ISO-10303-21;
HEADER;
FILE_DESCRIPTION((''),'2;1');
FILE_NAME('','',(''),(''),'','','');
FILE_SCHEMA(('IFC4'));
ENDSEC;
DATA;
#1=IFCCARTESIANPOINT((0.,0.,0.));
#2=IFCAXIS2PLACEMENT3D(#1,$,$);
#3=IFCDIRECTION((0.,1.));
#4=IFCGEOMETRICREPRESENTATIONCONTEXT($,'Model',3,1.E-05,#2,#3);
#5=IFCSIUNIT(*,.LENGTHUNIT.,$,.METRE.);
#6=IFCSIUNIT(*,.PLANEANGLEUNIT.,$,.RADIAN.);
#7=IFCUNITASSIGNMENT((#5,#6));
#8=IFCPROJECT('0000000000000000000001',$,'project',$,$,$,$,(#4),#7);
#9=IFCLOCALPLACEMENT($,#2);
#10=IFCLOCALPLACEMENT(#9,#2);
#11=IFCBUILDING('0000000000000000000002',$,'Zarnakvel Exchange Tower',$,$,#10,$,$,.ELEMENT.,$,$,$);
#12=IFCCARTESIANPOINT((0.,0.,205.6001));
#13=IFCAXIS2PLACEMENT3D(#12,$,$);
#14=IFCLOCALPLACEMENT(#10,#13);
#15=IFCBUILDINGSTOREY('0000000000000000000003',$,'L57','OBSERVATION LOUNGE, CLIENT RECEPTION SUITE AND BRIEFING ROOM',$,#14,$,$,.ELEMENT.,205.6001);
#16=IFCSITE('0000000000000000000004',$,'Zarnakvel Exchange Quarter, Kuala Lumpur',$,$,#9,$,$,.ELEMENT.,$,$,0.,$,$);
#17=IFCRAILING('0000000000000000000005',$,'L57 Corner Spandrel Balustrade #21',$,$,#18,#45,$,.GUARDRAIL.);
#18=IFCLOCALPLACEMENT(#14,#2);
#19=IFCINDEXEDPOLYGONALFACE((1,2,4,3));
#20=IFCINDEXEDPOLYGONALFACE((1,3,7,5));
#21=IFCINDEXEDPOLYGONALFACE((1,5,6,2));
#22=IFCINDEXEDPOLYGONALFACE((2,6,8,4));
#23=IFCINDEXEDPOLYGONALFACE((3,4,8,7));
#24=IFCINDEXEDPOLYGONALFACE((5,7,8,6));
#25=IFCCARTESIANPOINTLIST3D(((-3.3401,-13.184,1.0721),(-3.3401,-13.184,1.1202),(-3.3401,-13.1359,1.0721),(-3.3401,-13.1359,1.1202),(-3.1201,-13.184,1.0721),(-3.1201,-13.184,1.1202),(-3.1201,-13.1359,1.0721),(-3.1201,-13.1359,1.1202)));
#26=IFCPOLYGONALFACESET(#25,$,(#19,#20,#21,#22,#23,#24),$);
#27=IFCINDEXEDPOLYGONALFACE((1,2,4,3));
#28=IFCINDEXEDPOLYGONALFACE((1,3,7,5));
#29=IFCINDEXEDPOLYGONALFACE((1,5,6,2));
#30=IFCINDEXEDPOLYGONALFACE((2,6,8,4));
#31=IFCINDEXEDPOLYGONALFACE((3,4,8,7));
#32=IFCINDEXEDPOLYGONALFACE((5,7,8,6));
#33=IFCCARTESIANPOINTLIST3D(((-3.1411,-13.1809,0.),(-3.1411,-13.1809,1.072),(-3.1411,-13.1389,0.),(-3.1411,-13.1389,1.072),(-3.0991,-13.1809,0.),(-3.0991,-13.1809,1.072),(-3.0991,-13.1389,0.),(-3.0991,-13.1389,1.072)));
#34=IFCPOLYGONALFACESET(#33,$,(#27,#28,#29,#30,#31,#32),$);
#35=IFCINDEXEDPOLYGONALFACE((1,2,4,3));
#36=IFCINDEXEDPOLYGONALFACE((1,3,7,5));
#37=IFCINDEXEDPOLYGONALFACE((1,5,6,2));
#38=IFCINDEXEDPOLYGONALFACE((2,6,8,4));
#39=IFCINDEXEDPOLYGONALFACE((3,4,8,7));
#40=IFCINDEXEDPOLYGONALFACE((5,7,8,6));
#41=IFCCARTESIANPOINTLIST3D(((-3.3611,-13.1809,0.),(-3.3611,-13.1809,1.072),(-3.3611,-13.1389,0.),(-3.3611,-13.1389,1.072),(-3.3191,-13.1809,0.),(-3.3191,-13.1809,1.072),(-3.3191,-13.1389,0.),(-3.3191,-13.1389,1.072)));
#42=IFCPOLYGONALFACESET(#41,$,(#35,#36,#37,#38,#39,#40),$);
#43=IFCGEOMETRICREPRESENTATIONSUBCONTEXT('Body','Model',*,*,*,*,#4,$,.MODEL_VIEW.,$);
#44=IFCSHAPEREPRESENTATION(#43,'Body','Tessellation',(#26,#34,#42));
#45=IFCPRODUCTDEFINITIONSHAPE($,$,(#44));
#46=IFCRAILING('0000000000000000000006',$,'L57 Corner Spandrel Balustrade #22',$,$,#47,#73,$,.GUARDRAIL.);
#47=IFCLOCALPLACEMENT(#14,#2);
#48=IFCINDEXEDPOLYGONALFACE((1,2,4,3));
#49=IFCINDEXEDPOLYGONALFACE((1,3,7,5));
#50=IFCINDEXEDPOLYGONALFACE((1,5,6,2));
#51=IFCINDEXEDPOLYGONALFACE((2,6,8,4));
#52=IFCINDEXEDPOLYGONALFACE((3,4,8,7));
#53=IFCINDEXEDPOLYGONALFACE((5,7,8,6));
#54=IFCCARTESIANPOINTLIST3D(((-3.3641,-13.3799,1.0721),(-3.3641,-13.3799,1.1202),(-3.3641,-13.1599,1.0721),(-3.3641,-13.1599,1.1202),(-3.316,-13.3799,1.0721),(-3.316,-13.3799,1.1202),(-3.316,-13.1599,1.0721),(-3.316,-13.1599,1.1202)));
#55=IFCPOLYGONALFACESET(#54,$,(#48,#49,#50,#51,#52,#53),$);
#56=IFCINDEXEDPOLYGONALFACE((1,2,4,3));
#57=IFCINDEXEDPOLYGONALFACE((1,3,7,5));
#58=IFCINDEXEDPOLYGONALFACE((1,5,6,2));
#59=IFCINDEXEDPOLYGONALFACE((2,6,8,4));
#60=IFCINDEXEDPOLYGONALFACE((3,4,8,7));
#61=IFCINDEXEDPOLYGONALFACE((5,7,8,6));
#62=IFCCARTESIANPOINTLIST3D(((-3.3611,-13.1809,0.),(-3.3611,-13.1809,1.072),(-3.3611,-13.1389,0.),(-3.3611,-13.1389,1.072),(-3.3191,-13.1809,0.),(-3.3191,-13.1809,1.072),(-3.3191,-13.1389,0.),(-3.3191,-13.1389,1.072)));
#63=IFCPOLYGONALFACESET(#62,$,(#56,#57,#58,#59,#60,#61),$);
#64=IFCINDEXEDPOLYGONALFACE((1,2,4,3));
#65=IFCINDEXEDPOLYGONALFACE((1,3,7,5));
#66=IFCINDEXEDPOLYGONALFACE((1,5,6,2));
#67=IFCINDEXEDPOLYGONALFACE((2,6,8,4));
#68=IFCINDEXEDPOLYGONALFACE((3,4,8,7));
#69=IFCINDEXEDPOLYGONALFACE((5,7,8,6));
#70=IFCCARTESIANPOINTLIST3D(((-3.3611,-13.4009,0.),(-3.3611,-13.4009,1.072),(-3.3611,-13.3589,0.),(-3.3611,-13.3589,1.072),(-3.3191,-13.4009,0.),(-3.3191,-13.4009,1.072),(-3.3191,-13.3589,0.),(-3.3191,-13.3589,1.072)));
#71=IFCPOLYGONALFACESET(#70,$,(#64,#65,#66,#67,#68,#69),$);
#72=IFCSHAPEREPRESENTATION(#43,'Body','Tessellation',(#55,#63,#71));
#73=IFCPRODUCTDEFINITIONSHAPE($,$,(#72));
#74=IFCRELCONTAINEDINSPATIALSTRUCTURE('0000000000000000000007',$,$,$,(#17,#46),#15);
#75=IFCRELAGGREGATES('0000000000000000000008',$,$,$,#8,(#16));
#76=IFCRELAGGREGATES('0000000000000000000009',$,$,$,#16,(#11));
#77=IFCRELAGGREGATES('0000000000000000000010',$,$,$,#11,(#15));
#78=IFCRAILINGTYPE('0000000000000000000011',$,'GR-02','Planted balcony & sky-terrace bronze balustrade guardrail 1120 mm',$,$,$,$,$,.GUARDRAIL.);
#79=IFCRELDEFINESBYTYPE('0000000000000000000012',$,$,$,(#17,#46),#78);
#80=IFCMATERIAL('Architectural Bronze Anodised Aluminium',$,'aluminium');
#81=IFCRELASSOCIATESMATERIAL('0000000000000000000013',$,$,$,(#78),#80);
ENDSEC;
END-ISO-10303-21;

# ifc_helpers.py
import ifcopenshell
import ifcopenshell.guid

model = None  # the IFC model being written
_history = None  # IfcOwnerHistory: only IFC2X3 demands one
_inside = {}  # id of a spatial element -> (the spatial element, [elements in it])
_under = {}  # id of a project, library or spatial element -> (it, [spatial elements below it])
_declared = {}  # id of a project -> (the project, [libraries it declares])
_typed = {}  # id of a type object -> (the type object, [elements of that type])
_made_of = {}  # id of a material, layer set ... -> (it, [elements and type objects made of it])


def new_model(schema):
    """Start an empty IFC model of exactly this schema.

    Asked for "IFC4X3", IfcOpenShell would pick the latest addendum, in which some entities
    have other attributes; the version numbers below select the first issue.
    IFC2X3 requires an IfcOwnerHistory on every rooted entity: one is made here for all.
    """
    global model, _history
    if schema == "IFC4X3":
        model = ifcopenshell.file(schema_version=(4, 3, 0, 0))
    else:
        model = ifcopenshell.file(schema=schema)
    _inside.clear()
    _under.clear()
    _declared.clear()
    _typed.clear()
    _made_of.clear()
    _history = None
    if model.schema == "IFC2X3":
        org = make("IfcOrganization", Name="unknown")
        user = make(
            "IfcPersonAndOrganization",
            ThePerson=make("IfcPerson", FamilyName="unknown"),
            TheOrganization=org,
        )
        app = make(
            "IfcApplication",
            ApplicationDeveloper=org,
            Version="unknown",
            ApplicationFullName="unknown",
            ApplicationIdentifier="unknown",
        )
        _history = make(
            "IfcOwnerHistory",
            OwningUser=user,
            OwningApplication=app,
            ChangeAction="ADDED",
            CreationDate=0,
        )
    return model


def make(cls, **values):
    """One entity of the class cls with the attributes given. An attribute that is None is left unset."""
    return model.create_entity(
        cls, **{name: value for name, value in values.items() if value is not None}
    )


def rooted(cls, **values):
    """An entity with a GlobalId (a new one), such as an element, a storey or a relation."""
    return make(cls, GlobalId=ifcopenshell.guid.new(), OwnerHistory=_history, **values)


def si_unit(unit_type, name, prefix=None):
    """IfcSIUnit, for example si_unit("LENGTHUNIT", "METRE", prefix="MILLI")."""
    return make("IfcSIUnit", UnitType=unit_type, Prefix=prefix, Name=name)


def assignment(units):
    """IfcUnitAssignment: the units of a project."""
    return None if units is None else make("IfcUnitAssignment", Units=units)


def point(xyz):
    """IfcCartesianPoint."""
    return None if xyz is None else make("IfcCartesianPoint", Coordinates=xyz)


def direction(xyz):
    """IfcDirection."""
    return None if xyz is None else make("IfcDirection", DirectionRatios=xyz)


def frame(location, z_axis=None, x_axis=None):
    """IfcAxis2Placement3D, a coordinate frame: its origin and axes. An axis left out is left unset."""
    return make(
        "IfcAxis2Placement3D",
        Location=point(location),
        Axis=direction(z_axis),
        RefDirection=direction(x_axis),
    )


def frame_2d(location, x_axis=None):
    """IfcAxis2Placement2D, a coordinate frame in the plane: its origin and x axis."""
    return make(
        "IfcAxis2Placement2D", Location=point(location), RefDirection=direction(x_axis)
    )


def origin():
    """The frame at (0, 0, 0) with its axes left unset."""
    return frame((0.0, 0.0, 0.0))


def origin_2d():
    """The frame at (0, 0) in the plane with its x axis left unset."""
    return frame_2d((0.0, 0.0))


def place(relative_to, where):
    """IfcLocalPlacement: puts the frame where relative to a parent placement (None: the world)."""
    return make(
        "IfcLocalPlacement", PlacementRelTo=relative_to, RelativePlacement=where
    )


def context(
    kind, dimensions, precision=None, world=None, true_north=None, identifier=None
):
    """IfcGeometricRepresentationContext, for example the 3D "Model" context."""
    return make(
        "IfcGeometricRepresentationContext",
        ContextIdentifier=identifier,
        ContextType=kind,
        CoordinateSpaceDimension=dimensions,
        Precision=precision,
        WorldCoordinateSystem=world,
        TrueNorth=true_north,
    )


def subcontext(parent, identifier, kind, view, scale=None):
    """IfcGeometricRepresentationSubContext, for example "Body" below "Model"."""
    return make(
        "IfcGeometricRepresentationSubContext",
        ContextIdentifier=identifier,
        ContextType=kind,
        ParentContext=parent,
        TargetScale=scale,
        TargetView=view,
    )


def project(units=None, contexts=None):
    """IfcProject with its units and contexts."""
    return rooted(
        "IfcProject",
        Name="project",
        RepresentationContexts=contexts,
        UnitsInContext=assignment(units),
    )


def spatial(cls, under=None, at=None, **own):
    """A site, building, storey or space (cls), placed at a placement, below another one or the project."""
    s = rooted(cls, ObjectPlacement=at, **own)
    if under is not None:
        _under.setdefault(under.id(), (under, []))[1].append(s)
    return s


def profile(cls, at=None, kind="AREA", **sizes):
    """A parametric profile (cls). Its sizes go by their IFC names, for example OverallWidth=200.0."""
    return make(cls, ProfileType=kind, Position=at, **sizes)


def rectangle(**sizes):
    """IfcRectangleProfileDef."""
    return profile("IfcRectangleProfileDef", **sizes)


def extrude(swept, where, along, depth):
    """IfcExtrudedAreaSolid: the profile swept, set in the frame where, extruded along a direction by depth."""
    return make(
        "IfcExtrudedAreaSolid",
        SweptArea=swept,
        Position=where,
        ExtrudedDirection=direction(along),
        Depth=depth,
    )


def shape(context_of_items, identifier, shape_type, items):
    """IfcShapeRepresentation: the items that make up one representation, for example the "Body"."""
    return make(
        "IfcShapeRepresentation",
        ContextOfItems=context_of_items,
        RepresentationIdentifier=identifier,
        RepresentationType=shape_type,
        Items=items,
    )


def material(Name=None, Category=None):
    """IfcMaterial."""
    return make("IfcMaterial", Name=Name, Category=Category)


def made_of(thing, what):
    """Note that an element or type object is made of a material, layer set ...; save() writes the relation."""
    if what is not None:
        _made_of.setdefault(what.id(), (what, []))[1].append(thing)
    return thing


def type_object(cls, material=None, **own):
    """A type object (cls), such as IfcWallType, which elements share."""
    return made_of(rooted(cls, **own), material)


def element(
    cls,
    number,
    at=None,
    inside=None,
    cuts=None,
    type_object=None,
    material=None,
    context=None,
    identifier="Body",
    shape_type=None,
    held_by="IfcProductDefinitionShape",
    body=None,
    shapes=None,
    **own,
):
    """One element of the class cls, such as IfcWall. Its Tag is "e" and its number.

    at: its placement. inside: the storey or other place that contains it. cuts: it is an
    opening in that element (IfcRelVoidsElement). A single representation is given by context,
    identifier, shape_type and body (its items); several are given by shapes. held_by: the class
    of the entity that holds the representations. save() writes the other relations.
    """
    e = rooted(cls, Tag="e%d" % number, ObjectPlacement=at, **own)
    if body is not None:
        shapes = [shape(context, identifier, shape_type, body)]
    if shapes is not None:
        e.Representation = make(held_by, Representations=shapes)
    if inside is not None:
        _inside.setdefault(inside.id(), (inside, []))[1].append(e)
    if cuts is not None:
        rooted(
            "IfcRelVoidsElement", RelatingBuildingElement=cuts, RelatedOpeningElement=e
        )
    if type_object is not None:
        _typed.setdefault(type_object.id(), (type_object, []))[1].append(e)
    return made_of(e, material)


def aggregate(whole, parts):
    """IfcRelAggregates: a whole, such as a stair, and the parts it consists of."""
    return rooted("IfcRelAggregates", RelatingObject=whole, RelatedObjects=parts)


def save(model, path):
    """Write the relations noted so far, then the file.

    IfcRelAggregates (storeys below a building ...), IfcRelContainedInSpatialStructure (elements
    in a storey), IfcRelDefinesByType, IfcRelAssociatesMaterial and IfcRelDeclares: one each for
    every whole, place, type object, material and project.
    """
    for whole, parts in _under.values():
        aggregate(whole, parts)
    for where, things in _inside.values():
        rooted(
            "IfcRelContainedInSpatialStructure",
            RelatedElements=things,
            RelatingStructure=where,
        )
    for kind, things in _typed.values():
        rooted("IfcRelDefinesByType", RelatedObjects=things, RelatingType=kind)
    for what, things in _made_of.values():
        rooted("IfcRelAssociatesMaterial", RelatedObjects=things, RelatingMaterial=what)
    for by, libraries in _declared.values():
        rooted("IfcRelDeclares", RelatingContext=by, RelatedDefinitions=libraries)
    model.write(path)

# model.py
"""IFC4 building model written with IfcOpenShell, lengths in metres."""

from ifc_helpers import new_model, si_unit, direction, frame, origin, origin_2d, place, context, subcontext, project, spatial, rectangle, extrude, material, type_object, element, save


model = new_model("IFC4")

# Units and contexts
model_context = context("Model", 3, precision=1e-05, world=origin(), true_north=direction((0.0, 1.0)))
body_context = subcontext(model_context, "Body", "Model", "MODEL_VIEW")
ifc_project = project(units=[si_unit("LENGTHUNIT", "METRE"), si_unit("PLANEANGLEUNIT", "RADIAN")], contexts=[model_context])

# Site, building, storey
site_placement = place(None, origin())
site = spatial("IfcSite", under=ifc_project, at=site_placement, Name="Zarnakvel Exchange Quarter, Kuala Lumpur", CompositionType="ELEMENT", RefElevation=0.0)
building_placement = place(site_placement, origin())
building = spatial("IfcBuilding", under=site, at=building_placement, Name="Zarnakvel Exchange Tower", CompositionType="ELEMENT")
storey_placement = place(building_placement, frame((0.0, 0.0, 205.6001)))
storey = spatial("IfcBuildingStorey", under=building, at=storey_placement, Name="L57", Description="OBSERVATION LOUNGE, CLIENT RECEPTION SUITE AND BRIEFING ROOM", CompositionType="ELEMENT", Elevation=205.6001)

# Shared definitions
ifc_material_1 = material(Name="Architectural Bronze Anodised Aluminium", Category="aluminium")

# Railings
railing_type = type_object("IfcRailingType", Name="GR-02", Description="Planted balcony & sky-terrace bronze balustrade guardrail 1120 mm", PredefinedType="GUARDRAIL", material=ifc_material_1)
railing_1_placement = place(storey_placement, frame((-3.1201, -13.1599, 0.0)))
element("IfcRailing", 1, at=railing_1_placement, inside=storey, type_object=railing_type, Name="L57 Corner Spandrel Balustrade #21", PredefinedType="GUARDRAIL", context=body_context, shape_type="SweptSolid", body=[
    extrude(rectangle(XDim=0.0481, YDim=0.0481, at=origin_2d()), frame((0.0, 0.0, 1.0962), z_axis=(-1.0, 0.0, 0.0), x_axis=(0.0, -1.0, 0.0)), (0.0, 0.0, 1.0), 0.22),
    extrude(rectangle(XDim=0.042, YDim=0.042, at=origin_2d()), origin(), (0.0, 0.0, 1.0), 1.072),
    extrude(rectangle(XDim=0.042, YDim=0.042, at=origin_2d()), frame((-0.22, 0.0, 0.0)), (0.0, 0.0, 1.0), 1.072),
])
railing_2_placement = place(storey_placement, frame((-3.3401, -13.1599, 0.0)))
element("IfcRailing", 2, at=railing_2_placement, inside=storey, type_object=railing_type, Name="L57 Corner Spandrel Balustrade #22", PredefinedType="GUARDRAIL", context=body_context, shape_type="SweptSolid", body=[
    extrude(rectangle(XDim=0.0481, YDim=0.0481, at=origin_2d()), frame((0.0, 0.0, 1.0962), z_axis=(0.0, -1.0, 0.0), x_axis=(1.0, 0.0, 0.0)), (0.0, 0.0, 1.0), 0.22),
    extrude(rectangle(XDim=0.042, YDim=0.042, at=origin_2d()), origin(), (0.0, 0.0, 1.0), 1.072),
    extrude(rectangle(XDim=0.042, YDim=0.042, at=origin_2d()), frame((0.0, -0.22, 0.0)), (0.0, 0.0, 1.0), 1.072),
])

save(model, "model.ifc")
